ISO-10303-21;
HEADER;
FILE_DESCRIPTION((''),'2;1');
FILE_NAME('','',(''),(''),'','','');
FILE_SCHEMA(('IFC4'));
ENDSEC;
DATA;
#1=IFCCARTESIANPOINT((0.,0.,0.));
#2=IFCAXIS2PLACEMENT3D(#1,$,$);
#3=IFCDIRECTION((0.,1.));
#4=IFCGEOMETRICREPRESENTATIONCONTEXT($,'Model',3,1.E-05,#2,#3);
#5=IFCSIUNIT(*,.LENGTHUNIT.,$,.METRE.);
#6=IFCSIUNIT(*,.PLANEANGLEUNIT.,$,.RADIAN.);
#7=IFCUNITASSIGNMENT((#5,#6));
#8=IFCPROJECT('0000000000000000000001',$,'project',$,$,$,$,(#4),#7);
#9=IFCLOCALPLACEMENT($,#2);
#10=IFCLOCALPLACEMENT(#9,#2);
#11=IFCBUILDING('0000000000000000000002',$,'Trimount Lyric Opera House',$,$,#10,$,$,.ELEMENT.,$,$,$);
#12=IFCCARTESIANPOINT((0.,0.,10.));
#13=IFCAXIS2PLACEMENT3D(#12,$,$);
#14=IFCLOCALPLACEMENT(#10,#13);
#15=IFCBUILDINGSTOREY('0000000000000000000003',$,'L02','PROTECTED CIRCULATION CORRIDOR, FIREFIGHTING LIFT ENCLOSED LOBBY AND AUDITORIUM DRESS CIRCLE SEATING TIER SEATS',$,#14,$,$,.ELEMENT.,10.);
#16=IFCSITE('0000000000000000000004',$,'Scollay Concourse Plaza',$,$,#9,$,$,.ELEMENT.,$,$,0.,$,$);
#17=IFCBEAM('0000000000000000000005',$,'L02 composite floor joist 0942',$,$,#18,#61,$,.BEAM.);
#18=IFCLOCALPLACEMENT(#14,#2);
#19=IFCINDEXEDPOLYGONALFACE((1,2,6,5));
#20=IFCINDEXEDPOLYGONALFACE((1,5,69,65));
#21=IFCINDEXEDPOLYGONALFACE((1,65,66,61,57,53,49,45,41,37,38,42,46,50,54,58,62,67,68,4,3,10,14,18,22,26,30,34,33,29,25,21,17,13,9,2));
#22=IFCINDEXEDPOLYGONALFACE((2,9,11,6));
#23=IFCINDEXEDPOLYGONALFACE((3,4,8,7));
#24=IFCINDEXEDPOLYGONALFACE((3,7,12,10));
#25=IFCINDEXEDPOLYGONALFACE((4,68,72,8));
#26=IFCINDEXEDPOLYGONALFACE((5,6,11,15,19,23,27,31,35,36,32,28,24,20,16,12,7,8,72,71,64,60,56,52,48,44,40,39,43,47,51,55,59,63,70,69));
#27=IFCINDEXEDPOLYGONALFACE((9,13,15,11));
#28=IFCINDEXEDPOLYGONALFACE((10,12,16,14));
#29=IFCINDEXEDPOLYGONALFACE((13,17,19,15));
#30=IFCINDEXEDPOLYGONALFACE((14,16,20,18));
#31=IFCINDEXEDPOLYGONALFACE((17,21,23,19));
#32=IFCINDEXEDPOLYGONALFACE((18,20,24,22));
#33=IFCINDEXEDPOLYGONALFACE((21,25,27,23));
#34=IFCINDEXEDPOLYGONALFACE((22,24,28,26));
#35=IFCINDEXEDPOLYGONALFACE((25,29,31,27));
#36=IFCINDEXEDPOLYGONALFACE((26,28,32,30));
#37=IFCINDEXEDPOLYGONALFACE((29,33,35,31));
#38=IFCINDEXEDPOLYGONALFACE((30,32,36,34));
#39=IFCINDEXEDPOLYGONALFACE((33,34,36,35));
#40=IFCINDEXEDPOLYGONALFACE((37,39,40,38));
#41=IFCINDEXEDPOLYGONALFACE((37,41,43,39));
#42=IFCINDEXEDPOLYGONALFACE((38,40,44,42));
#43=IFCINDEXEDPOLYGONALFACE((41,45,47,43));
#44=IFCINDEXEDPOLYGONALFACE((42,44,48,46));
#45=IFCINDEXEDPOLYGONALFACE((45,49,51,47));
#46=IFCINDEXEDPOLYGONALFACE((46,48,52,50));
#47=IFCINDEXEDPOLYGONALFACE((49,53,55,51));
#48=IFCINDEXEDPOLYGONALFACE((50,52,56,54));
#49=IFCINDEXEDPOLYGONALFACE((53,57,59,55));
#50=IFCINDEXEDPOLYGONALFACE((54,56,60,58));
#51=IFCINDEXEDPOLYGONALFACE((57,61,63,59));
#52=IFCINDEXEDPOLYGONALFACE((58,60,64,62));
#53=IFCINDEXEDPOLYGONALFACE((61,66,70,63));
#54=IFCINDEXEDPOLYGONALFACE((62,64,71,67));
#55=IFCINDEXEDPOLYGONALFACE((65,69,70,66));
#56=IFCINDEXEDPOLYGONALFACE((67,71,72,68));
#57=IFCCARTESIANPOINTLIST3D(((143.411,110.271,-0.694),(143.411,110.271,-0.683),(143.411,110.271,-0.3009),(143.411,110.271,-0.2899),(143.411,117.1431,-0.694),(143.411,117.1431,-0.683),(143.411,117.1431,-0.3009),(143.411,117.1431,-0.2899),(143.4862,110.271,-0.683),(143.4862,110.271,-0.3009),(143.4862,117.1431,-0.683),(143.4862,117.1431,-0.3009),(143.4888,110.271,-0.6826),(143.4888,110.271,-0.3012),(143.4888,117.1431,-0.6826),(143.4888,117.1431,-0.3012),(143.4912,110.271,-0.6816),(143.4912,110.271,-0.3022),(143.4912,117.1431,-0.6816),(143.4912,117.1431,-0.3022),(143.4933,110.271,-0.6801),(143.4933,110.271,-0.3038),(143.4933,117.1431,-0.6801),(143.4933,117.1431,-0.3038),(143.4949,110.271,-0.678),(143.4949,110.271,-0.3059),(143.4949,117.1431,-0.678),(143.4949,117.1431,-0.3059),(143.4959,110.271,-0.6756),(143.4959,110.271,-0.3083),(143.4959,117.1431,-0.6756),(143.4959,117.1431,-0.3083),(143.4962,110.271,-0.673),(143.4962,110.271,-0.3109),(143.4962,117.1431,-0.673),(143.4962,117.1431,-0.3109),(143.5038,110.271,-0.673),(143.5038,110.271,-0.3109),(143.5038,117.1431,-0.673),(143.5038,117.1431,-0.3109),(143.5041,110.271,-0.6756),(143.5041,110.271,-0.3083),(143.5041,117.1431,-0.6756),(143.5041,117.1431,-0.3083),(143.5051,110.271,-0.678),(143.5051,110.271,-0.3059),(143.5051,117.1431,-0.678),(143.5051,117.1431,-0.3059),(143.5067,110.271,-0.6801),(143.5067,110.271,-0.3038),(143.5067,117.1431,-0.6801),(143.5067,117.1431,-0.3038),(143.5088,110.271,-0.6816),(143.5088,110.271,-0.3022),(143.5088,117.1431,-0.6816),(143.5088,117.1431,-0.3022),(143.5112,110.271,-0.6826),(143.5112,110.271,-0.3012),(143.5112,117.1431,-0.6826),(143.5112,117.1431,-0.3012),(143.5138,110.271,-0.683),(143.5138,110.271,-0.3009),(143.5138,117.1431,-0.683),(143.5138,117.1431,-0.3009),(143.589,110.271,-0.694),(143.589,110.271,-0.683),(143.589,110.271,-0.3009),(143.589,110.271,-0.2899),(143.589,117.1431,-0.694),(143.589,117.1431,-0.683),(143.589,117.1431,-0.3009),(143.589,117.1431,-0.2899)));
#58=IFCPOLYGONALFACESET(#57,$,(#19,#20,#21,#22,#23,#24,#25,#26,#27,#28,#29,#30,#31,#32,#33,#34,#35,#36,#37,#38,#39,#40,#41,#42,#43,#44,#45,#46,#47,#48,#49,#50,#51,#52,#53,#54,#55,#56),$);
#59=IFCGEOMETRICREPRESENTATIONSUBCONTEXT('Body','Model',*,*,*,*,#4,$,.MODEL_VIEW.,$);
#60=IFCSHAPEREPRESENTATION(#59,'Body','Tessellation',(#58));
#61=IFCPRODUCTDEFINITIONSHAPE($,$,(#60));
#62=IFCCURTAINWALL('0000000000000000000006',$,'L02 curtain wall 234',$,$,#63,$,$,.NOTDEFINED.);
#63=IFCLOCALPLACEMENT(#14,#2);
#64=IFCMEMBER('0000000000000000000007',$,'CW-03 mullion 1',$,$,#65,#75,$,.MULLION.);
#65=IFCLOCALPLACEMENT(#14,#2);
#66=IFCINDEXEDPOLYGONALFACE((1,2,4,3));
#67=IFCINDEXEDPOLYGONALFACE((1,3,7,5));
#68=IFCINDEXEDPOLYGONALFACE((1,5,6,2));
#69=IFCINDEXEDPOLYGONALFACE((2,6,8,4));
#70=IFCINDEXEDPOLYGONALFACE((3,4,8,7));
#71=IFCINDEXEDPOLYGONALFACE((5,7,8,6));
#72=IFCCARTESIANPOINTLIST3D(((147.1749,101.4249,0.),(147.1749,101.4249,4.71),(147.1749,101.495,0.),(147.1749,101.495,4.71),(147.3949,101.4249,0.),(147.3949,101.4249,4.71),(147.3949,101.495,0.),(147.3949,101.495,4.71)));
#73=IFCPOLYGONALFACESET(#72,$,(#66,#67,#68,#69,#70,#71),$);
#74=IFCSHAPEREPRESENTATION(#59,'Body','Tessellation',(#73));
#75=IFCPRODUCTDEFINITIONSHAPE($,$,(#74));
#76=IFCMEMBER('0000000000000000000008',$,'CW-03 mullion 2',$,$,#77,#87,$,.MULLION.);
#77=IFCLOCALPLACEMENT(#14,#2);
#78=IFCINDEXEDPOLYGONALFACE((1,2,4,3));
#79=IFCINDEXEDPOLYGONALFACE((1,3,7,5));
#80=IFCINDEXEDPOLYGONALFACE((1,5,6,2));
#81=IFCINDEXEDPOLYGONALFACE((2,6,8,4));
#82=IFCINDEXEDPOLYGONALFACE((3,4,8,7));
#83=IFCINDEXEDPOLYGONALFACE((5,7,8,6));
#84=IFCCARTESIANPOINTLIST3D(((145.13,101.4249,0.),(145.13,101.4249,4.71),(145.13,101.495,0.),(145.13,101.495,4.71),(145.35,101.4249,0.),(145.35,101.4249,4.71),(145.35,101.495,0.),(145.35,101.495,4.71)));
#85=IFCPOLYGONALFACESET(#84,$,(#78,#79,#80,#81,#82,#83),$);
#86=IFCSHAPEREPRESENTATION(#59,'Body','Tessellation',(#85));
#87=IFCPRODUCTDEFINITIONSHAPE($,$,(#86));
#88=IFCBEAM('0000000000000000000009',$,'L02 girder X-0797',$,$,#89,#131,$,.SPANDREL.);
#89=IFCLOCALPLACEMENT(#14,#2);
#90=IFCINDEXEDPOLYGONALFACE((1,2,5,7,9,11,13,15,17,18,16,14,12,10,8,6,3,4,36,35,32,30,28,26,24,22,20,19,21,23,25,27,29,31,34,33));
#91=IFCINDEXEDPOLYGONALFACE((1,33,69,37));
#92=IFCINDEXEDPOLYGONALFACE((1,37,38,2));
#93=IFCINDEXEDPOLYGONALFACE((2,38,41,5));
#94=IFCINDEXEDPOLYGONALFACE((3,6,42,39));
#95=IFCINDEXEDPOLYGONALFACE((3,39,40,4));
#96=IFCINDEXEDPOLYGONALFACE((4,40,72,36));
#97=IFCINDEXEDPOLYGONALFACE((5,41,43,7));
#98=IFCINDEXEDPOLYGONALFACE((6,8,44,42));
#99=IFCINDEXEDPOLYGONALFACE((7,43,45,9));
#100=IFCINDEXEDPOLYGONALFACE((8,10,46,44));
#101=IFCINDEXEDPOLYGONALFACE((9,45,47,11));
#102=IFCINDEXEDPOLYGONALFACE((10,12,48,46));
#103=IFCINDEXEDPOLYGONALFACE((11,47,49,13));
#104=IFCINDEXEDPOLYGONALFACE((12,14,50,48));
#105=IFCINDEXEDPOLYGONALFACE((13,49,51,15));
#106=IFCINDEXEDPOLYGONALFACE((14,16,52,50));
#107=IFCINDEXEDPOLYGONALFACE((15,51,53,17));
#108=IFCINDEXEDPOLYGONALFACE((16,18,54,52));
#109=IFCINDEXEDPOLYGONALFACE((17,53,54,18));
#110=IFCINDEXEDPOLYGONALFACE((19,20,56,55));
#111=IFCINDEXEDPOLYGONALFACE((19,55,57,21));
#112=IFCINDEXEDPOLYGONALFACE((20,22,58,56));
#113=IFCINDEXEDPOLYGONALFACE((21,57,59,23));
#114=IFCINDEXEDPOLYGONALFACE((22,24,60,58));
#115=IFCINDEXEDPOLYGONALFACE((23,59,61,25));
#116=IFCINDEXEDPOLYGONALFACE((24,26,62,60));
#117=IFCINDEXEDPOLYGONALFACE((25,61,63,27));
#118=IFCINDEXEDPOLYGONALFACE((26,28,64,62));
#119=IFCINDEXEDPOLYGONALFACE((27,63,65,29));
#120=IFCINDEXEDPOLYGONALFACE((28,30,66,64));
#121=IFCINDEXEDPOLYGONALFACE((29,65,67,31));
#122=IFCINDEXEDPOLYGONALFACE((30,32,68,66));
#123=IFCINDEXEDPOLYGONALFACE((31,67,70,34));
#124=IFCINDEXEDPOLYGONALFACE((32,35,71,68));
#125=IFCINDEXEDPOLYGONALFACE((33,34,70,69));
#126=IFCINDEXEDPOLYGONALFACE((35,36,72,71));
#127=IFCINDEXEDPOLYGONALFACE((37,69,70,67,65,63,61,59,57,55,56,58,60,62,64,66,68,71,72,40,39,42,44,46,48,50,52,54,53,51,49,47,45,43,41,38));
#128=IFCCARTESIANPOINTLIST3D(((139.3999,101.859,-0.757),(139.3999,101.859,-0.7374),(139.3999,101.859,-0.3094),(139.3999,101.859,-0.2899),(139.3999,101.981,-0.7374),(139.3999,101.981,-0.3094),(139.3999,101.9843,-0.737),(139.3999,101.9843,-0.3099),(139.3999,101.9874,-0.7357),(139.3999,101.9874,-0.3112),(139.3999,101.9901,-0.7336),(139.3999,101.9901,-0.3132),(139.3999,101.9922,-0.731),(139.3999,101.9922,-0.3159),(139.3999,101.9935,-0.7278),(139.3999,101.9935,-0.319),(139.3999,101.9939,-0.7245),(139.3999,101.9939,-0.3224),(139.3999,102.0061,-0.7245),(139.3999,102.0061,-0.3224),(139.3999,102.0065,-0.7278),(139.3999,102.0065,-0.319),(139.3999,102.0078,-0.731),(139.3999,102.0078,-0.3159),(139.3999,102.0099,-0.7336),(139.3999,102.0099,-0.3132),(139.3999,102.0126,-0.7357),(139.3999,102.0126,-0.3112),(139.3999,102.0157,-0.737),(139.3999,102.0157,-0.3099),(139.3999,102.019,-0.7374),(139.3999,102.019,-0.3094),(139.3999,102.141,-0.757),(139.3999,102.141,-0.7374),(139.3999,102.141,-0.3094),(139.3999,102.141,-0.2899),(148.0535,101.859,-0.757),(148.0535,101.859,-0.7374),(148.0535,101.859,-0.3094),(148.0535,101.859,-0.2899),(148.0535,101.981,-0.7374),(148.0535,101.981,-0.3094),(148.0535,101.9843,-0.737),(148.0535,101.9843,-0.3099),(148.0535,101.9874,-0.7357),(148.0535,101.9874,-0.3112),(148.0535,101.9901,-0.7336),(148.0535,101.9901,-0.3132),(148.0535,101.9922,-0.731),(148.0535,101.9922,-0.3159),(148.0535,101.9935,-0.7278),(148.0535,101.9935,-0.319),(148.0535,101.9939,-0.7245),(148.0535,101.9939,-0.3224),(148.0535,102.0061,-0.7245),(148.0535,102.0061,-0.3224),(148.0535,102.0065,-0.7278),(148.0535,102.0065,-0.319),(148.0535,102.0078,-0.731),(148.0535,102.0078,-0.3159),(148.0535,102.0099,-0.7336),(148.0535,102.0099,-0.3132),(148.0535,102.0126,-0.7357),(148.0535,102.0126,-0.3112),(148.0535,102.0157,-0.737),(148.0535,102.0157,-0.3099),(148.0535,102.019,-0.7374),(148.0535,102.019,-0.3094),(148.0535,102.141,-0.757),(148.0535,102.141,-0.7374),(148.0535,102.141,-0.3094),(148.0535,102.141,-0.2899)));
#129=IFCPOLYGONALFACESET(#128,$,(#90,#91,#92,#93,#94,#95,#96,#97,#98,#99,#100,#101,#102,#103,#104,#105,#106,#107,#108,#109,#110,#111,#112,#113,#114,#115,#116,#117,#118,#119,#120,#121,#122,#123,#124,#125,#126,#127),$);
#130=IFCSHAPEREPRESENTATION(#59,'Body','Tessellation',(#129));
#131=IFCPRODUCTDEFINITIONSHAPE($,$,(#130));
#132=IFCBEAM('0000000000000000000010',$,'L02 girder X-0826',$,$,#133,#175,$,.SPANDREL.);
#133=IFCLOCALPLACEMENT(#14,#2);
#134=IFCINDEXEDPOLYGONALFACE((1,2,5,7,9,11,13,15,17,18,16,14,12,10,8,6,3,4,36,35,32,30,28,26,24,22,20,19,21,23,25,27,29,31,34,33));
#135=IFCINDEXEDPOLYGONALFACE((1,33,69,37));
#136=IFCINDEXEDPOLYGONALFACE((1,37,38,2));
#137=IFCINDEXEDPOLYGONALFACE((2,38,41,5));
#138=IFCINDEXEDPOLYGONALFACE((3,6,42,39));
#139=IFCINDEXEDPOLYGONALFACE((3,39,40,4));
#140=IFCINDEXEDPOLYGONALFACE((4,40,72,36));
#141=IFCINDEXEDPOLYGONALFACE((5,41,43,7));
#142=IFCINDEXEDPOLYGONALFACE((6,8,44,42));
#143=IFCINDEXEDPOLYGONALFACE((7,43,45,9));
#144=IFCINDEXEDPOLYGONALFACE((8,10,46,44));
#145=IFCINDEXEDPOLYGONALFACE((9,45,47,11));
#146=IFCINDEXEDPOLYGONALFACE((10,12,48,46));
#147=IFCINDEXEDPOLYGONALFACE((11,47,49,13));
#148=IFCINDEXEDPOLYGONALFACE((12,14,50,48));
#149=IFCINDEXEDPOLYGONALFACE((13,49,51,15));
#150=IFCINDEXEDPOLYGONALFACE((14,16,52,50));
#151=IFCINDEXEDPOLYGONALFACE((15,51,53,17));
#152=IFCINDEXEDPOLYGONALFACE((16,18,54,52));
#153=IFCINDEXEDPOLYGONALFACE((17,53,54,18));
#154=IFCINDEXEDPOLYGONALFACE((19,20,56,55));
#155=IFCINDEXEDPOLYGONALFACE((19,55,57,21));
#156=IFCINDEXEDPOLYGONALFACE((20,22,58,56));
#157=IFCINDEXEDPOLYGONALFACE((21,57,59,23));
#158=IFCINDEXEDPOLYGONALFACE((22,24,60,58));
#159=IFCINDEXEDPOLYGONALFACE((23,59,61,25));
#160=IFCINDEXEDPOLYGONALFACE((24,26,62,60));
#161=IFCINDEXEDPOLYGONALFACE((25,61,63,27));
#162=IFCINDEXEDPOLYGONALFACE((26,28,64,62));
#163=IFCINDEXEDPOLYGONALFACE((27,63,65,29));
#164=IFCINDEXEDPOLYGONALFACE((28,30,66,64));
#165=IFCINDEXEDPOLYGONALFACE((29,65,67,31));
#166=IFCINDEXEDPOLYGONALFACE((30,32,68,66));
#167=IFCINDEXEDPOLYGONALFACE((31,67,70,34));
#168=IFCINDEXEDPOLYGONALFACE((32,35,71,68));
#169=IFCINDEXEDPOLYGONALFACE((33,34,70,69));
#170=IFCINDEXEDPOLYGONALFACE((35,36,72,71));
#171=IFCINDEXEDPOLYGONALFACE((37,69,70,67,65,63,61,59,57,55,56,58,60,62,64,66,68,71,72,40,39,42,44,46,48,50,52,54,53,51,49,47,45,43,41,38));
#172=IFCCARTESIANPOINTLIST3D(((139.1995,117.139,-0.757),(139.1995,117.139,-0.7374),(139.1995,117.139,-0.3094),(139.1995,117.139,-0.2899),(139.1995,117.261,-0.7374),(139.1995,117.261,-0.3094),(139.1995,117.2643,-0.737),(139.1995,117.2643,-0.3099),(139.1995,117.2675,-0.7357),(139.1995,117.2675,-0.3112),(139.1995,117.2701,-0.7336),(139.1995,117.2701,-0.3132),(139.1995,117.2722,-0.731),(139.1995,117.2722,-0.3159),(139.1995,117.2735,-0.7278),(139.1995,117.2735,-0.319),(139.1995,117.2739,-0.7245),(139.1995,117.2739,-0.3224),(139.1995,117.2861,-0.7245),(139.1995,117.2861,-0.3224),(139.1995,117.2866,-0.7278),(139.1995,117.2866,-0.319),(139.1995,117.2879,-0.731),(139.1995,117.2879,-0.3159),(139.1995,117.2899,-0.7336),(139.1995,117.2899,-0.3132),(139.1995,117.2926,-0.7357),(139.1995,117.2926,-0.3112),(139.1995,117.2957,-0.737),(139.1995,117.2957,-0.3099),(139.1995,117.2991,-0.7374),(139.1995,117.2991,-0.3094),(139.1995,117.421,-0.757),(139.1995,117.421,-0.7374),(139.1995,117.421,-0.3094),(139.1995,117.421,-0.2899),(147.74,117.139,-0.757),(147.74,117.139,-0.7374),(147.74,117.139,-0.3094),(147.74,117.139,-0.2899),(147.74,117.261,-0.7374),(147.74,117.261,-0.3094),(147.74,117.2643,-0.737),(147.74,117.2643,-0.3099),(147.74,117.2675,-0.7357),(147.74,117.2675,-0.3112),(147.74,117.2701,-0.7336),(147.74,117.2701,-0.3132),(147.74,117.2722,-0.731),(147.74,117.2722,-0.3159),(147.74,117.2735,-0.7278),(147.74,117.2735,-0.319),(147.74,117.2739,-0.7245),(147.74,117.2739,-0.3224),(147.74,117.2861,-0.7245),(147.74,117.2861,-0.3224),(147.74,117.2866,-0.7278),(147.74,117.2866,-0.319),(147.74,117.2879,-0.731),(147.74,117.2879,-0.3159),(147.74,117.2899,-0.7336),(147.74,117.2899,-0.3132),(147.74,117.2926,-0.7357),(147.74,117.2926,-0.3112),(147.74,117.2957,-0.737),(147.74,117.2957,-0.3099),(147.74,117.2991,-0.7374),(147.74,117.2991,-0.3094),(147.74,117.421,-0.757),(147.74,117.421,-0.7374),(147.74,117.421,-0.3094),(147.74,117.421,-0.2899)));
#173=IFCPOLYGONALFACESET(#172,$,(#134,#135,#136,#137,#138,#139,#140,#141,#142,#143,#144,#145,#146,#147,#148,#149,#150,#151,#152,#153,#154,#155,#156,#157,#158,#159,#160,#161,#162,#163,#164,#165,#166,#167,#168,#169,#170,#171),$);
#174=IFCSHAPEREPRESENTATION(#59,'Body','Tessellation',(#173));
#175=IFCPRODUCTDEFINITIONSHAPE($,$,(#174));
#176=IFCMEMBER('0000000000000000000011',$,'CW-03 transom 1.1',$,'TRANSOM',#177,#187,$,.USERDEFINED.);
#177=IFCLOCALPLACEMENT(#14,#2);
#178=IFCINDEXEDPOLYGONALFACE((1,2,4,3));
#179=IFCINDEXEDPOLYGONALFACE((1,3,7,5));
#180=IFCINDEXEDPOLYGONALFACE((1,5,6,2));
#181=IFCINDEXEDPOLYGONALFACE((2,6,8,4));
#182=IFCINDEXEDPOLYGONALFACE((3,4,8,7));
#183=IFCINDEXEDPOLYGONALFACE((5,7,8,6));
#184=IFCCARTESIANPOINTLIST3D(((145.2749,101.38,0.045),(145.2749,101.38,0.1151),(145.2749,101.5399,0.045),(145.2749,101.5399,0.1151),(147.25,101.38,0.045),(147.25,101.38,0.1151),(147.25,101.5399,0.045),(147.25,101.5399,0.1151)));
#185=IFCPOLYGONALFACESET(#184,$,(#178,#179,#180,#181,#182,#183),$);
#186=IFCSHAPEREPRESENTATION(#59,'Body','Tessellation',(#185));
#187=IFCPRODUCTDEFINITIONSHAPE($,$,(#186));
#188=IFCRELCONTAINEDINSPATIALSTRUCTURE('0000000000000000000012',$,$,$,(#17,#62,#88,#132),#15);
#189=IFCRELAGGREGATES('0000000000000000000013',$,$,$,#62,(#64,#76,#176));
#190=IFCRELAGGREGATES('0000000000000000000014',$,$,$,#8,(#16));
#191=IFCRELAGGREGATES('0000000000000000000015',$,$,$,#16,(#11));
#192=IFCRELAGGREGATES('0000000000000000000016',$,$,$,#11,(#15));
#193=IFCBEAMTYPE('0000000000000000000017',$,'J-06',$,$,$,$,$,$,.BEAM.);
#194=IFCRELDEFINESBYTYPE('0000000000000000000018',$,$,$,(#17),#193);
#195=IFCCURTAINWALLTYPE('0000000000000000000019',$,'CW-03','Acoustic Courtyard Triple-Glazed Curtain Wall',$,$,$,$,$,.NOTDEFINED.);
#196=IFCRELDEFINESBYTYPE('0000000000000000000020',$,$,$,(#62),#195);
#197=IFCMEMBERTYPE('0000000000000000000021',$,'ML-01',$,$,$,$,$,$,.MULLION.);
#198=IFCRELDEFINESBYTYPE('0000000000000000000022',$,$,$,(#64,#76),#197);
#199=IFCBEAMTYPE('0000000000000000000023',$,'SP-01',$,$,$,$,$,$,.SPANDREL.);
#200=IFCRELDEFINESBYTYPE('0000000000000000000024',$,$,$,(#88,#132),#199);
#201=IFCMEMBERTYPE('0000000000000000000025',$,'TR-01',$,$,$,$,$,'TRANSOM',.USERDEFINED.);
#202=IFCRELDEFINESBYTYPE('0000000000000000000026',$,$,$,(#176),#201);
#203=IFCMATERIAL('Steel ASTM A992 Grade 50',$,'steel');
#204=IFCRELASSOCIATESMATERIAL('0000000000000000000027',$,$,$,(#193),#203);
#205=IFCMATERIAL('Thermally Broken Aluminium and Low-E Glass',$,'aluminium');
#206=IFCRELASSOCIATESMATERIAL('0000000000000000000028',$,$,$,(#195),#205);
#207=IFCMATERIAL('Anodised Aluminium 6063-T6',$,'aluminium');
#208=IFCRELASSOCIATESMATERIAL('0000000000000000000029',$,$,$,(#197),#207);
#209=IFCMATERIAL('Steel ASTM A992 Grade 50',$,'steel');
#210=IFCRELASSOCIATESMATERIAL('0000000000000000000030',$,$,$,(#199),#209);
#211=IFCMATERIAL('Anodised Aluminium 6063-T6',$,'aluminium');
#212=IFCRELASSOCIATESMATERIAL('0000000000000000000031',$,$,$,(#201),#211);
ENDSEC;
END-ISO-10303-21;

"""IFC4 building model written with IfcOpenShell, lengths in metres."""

from ifc_helpers import new_model, si_unit, direction, frame, origin, origin_2d, place, context, subcontext, project, spatial, rectangle, i_section, extrude, material, material_profile, profile_set, type_object, element, aggregate, save


model = new_model("IFC4")

# Units and contexts
model_context = context("Model", 3, precision=1e-05, world=origin(), true_north=direction((0.0, 1.0)))
body_context = subcontext(model_context, "Body", "Model", "MODEL_VIEW")
ifc_project = project(units=[si_unit("LENGTHUNIT", "METRE"), si_unit("PLANEANGLEUNIT", "RADIAN")], contexts=[model_context])

# Site, building, storey
site_placement = place(None, origin())
site = spatial("IfcSite", under=ifc_project, at=site_placement, Name="Scollay Concourse Plaza", CompositionType="ELEMENT", RefElevation=0.0)
building_placement = place(site_placement, origin())
building = spatial("IfcBuilding", under=site, at=building_placement, Name="Trimount Lyric Opera House", CompositionType="ELEMENT")
storey_placement = place(building_placement, frame((0.0, 0.0, 10.0)))
storey = spatial("IfcBuildingStorey", under=building, at=storey_placement, Name="L02", Description="PROTECTED CIRCULATION CORRIDOR, FIREFIGHTING LIFT ENCLOSED LOBBY AND AUDITORIUM DRESS CIRCLE SEATING TIER SEATS", CompositionType="ELEMENT", Elevation=10.0)

# Beam
ifc_material_1 = material(Name="Steel ASTM A992 Grade 50", Category="steel")
ifc_material_profile_1 = material_profile(ifc_material_1, i_section(OverallWidth=0.178, OverallDepth=0.4041, WebThickness=0.0076, FlangeThickness=0.011, FilletRadius=0.01, at=origin_2d()), Name="W16X36")
ifc_profile_set_1 = profile_set([ifc_material_profile_1], Name="Steel ASTM A992 Grade 50")
beam_type_1 = type_object("IfcBeamType", Name="J-06", PredefinedType="BEAM", material=ifc_profile_set_1)
beam_1_placement = place(storey_placement, frame((143.5, 110.271, -0.4919), z_axis=(0.0, 1.0, 0.0), x_axis=(-1.0, 0.0, 0.0)))
element("IfcBeam", 1, at=beam_1_placement, inside=storey, type_object=beam_type_1, Name="L02 composite floor joist 0942", PredefinedType="BEAM", context=body_context, shape_type="SweptSolid", body=[
    extrude(i_section(OverallWidth=0.178, OverallDepth=0.4041, WebThickness=0.0076, FlangeThickness=0.011, FilletRadius=0.01, at=origin_2d()), origin(), (0.0, 0.0, 1.0), 6.8721),
])

# Curtain wall, members
ifc_material_2 = material(Name="Thermally Broken Aluminium and Low-E Glass", Category="aluminium")
curtain_wall_type = type_object("IfcCurtainWallType", Name="CW-03", Description="Acoustic Courtyard Triple-Glazed Curtain Wall", PredefinedType="NOTDEFINED", material=ifc_material_2)
curtain_wall_placement = place(storey_placement, origin())
curtain_wall = element("IfcCurtainWall", 2, at=curtain_wall_placement, inside=storey, type_object=curtain_wall_type, Name="L02 curtain wall 234", PredefinedType="NOTDEFINED")
ifc_material_3 = material(Name="Anodised Aluminium 6063-T6", Category="aluminium")
ifc_material_profile_2 = material_profile(ifc_material_3, rectangle(XDim=0.0701, YDim=0.22, at=origin_2d()), Name="ALU-MULL-70X220")
ifc_profile_set_2 = profile_set([ifc_material_profile_2], Name="Anodised Aluminium 6063-T6")
member_type_1 = type_object("IfcMemberType", Name="ML-01", PredefinedType="MULLION", material=ifc_profile_set_2)
member_1_placement = place(storey_placement, frame((147.2849, 101.46, 0.0), z_axis=(0.0, 0.0, 1.0), x_axis=(0.0, -1.0, 0.0)))
member_1 = element("IfcMember", 3, at=member_1_placement, type_object=member_type_1, Name="CW-03 mullion 1", PredefinedType="MULLION", context=body_context, shape_type="SweptSolid", body=[
    extrude(rectangle(XDim=0.0701, YDim=0.22, at=origin_2d()), origin(), (0.0, 0.0, 1.0), 4.71),
])
member_2_placement = place(storey_placement, frame((145.24, 101.46, 0.0), z_axis=(0.0, 0.0, 1.0), x_axis=(0.0, -1.0, 0.0)))
member_2 = element("IfcMember", 4, at=member_2_placement, type_object=member_type_1, Name="CW-03 mullion 2", PredefinedType="MULLION", context=body_context, shape_type="SweptSolid", body=[
    extrude(rectangle(XDim=0.0701, YDim=0.22, at=origin_2d()), origin(), (0.0, 0.0, 1.0), 4.71),
])

# Beams
ifc_material_4 = material(Name="Steel ASTM A992 Grade 50", Category="steel")
ifc_material_profile_3 = material_profile(ifc_material_4, i_section(OverallWidth=0.282, OverallDepth=0.467, WebThickness=0.0122, FlangeThickness=0.0195, FilletRadius=0.0129, at=origin_2d()), Name="W18X86")
ifc_profile_set_3 = profile_set([ifc_material_profile_3], Name="Steel ASTM A992 Grade 50")
beam_type_2 = type_object("IfcBeamType", Name="SP-01", PredefinedType="SPANDREL", material=ifc_profile_set_3)
beam_2_placement = place(storey_placement, frame((139.3999, 102.0, -0.5234), z_axis=(1.0, 0.0, 0.0), x_axis=(0.0, 1.0, 0.0)))
element("IfcBeam", 5, at=beam_2_placement, inside=storey, type_object=beam_type_2, Name="L02 girder X-0797", PredefinedType="SPANDREL", context=body_context, shape_type="SweptSolid", body=[
    extrude(i_section(OverallWidth=0.282, OverallDepth=0.467, WebThickness=0.0122, FlangeThickness=0.0195, FilletRadius=0.0129, at=origin_2d()), origin(), (0.0, 0.0, 1.0), 8.6536),
])
beam_3_placement = place(storey_placement, frame((139.1995, 117.28, -0.5234), z_axis=(1.0, 0.0, 0.0), x_axis=(0.0, 1.0, 0.0)))
element("IfcBeam", 6, at=beam_3_placement, inside=storey, type_object=beam_type_2, Name="L02 girder X-0826", PredefinedType="SPANDREL", context=body_context, shape_type="SweptSolid", body=[
    extrude(i_section(OverallWidth=0.282, OverallDepth=0.467, WebThickness=0.0122, FlangeThickness=0.0195, FilletRadius=0.0129, at=origin_2d()), origin(), (0.0, 0.0, 1.0), 8.5405),
])

# Member
ifc_material_5 = material(Name="Anodised Aluminium 6063-T6", Category="aluminium")
ifc_material_profile_4 = material_profile(ifc_material_5, rectangle(XDim=0.1599, YDim=0.0701, at=origin_2d()), Name="ALU-TRAN-70X160")
ifc_profile_set_4 = profile_set([ifc_material_profile_4], Name="Anodised Aluminium 6063-T6")
member_type_2 = type_object("IfcMemberType", Name="TR-01", ElementType="TRANSOM", PredefinedType="USERDEFINED", material=ifc_profile_set_4)
member_3_placement = place(storey_placement, frame((147.25, 101.46, 0.0801), z_axis=(-1.0, 0.0, 0.0), x_axis=(0.0, -1.0, 0.0)))
member_3 = element("IfcMember", 7, at=member_3_placement, type_object=member_type_2, Name="CW-03 transom 1.1", ObjectType="TRANSOM", PredefinedType="USERDEFINED", context=body_context, shape_type="SweptSolid", body=[
    extrude(rectangle(XDim=0.1599, YDim=0.0701, at=origin_2d()), origin(), (0.0, 0.0, 1.0), 1.9751),
])

aggregate(curtain_wall, [member_1, member_2, member_3])

save(model, "model.ifc")
